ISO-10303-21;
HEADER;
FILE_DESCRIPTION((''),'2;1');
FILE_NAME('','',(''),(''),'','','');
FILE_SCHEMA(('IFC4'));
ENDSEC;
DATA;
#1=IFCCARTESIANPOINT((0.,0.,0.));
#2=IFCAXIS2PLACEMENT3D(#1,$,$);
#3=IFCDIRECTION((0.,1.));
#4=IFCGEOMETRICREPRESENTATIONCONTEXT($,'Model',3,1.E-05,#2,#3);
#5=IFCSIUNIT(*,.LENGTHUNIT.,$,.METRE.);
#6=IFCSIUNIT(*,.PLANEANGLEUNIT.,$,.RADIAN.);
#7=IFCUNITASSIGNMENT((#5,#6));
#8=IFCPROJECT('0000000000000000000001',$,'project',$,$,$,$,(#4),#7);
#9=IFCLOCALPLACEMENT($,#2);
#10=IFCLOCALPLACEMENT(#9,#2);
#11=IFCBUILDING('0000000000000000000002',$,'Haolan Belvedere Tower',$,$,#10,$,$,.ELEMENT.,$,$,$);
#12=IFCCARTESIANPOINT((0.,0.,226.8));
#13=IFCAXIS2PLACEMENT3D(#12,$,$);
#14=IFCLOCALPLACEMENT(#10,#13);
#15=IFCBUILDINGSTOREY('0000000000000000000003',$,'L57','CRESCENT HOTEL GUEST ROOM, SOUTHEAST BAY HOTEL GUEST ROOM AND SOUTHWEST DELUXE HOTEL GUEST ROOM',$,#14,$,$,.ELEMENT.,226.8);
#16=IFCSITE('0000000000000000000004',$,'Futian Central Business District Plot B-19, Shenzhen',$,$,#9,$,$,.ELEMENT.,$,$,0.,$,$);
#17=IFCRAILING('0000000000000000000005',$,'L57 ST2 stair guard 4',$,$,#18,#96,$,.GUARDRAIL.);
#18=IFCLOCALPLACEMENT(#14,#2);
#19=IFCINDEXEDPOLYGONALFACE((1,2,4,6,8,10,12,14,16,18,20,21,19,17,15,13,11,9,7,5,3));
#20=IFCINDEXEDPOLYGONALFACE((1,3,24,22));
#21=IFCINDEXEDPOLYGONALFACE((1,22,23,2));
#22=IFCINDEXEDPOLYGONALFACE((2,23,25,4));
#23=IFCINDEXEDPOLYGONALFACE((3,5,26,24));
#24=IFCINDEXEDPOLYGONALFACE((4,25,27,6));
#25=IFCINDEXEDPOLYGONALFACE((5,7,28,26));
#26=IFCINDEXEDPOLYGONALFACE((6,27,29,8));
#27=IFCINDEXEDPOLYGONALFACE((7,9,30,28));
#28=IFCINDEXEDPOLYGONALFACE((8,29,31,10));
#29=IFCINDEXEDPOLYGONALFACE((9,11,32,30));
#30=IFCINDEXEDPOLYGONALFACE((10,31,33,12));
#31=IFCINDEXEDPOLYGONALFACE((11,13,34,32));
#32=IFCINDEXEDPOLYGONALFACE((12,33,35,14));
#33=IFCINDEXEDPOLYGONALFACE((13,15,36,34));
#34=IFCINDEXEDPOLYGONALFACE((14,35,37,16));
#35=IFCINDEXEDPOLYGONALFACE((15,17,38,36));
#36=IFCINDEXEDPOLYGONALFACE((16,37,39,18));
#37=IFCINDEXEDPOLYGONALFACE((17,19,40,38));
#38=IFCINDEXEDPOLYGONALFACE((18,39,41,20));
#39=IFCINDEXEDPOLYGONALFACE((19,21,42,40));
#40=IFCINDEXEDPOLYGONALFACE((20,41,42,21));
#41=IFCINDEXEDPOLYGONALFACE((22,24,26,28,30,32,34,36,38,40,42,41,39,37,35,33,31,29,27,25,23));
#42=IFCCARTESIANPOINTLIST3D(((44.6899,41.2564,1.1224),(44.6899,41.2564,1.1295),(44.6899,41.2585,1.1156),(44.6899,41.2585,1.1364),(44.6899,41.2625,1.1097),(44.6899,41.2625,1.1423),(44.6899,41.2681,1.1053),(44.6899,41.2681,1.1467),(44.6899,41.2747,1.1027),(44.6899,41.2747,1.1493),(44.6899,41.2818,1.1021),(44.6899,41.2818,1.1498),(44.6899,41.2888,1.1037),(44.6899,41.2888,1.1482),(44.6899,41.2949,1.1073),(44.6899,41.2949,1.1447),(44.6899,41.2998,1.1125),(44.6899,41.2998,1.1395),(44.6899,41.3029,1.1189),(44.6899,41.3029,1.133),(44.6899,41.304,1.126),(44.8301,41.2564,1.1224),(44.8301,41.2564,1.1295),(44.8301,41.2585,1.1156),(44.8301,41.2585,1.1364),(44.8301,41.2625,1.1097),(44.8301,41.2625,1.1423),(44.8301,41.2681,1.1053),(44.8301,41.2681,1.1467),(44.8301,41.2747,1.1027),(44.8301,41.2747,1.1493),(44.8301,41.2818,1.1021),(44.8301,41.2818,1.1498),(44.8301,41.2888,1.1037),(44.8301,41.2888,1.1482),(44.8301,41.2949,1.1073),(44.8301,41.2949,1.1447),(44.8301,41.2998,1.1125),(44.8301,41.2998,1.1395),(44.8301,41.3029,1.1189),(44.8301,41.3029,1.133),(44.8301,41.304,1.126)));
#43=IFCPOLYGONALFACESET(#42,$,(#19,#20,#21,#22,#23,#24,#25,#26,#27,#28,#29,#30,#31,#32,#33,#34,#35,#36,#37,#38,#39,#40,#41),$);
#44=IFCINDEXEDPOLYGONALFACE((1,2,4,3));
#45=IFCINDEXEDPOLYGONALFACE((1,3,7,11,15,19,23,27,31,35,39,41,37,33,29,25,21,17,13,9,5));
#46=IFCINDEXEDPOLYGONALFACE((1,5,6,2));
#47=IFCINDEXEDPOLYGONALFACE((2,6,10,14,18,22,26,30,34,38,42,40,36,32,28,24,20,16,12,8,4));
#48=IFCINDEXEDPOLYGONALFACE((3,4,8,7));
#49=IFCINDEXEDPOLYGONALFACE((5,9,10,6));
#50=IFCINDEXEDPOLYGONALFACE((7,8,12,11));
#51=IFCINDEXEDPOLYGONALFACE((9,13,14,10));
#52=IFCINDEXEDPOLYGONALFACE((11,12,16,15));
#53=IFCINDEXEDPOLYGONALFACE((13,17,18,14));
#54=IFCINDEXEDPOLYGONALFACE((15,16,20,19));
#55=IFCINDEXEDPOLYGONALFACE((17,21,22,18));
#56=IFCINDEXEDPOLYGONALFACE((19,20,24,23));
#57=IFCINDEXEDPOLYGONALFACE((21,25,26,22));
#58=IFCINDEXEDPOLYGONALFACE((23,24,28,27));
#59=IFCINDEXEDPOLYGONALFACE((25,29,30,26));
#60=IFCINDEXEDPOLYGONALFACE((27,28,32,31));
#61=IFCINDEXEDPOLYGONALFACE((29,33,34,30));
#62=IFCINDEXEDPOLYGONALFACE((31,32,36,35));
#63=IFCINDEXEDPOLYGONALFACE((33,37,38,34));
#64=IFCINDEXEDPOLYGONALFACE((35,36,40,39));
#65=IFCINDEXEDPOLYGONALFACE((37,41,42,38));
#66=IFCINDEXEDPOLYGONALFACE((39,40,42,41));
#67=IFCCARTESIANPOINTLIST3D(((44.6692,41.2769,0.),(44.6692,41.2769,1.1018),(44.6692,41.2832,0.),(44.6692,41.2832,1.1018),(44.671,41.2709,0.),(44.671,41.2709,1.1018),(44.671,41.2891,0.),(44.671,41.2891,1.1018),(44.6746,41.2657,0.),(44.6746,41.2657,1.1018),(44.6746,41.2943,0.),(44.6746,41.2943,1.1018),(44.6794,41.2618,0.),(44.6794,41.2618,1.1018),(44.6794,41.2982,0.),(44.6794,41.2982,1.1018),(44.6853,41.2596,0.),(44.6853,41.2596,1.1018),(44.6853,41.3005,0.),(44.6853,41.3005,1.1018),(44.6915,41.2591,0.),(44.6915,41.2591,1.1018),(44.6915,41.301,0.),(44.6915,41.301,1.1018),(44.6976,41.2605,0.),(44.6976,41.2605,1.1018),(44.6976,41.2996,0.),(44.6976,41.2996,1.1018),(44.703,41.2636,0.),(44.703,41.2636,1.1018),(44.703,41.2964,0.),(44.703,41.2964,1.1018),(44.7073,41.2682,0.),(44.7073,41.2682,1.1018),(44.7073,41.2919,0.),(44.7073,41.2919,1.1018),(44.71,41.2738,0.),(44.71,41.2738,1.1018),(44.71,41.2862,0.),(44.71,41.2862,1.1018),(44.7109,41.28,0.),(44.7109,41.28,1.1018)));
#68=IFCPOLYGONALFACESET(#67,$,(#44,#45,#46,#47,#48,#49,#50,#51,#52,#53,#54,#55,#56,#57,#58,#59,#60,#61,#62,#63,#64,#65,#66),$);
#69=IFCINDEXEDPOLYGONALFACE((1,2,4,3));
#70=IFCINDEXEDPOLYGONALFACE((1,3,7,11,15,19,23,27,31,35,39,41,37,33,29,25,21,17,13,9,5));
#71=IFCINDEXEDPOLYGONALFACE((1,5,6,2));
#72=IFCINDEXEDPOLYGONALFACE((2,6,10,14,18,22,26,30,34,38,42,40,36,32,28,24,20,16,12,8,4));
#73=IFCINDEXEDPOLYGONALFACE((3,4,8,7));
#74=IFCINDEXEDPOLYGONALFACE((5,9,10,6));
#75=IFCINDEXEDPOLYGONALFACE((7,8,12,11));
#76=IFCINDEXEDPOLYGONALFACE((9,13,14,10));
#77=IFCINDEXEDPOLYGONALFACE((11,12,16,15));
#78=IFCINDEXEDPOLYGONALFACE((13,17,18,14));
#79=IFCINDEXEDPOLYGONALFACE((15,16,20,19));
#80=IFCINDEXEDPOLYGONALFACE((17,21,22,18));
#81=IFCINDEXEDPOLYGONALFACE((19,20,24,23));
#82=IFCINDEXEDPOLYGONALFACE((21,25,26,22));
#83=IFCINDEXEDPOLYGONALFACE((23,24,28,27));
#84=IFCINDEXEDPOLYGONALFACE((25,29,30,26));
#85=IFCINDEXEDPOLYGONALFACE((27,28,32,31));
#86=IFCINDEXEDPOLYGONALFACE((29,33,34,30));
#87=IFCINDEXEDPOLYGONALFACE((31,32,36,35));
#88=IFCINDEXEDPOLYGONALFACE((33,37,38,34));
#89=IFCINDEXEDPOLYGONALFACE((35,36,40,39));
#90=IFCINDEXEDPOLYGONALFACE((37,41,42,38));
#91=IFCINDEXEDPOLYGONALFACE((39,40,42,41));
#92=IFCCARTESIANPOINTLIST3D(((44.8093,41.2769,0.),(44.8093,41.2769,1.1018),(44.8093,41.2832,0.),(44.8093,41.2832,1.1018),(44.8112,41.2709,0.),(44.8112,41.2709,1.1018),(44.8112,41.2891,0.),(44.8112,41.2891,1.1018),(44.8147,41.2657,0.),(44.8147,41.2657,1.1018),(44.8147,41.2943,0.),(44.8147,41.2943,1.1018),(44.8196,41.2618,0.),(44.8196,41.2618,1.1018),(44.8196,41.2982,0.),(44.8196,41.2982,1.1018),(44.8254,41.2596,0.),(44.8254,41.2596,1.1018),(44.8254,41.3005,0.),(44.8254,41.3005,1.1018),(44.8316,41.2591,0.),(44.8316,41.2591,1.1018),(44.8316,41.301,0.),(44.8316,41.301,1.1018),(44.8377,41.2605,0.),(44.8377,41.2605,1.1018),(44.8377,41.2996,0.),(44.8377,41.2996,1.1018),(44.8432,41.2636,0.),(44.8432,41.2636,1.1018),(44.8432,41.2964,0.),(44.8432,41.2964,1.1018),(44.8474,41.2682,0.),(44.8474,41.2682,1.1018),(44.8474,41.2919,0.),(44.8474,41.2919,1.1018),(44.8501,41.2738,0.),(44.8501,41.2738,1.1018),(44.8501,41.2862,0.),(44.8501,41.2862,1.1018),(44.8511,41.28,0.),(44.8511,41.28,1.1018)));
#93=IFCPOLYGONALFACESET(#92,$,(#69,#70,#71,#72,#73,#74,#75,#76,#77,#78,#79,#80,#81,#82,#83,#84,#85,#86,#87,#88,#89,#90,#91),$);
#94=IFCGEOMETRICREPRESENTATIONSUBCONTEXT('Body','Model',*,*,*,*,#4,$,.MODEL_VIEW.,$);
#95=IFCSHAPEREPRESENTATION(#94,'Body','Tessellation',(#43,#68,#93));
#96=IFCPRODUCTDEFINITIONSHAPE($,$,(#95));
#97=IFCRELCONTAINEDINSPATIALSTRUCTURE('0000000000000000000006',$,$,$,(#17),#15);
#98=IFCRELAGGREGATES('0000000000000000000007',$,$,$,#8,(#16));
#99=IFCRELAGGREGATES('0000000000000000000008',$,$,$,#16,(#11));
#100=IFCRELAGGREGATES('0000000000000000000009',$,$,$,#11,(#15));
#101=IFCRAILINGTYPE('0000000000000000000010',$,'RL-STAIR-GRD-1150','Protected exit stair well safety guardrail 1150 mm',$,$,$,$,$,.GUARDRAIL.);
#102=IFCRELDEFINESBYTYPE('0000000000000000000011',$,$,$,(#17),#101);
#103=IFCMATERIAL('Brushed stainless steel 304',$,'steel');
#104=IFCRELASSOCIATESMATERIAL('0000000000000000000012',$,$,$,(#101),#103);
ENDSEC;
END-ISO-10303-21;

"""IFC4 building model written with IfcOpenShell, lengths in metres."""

from ifc_helpers import new_model, si_unit, direction, frame, origin, origin_2d, place, context, subcontext, project, spatial, circle, extrude, material, type_object, element, save


model = new_model("IFC4")

# Units and contexts
model_context = context("Model", 3, precision=1e-05, world=origin(), true_north=direction((0.0, 1.0)))
body_context = subcontext(model_context, "Body", "Model", "MODEL_VIEW")
ifc_project = project(units=[si_unit("LENGTHUNIT", "METRE"), si_unit("PLANEANGLEUNIT", "RADIAN")], contexts=[model_context])

# Site, building, storey
site_placement = place(None, origin())
site = spatial("IfcSite", under=ifc_project, at=site_placement, Name="Futian Central Business District Plot B-19, Shenzhen", CompositionType="ELEMENT", RefElevation=0.0)
building_placement = place(site_placement, origin())
building = spatial("IfcBuilding", under=site, at=building_placement, Name="Haolan Belvedere Tower", CompositionType="ELEMENT")
storey_placement = place(building_placement, frame((0.0, 0.0, 226.8)))
storey = spatial("IfcBuildingStorey", under=building, at=storey_placement, Name="L57", Description="CRESCENT HOTEL GUEST ROOM, SOUTHEAST BAY HOTEL GUEST ROOM AND SOUTHWEST DELUXE HOTEL GUEST ROOM", CompositionType="ELEMENT", Elevation=226.8)

# Railing
ifc_material_1 = material(Name="Brushed stainless steel 304", Category="steel")
railing_type_1 = type_object("IfcRailingType", Name="RL-STAIR-GRD-1150", Description="Protected exit stair well safety guardrail 1150 mm", PredefinedType="GUARDRAIL", material=ifc_material_1)
railing_1_placement = place(storey_placement, frame((44.6899, 41.28, 0.0)))
element("IfcRailing", 1, at=railing_1_placement, inside=storey, type_object=railing_type_1, Name="L57 ST2 stair guard 4", PredefinedType="GUARDRAIL", context=body_context, shape_type="SweptSolid", body=[
    extrude(circle(Radius=0.0239, at=origin_2d()), frame((0.0, 0.0, 1.126), z_axis=(1.0, 0.0, 0.0), x_axis=(0.0, 1.0, 0.0)), (0.0, 0.0, 1.0), 0.1401),
    extrude(circle(Radius=0.021, at=origin_2d()), origin(), (0.0, 0.0, 1.0), 1.1018),
    extrude(circle(Radius=0.021, at=origin_2d()), frame((0.1401, 0.0, 0.0)), (0.0, 0.0, 1.0), 1.1018),
])

save(model, "model.ifc")
